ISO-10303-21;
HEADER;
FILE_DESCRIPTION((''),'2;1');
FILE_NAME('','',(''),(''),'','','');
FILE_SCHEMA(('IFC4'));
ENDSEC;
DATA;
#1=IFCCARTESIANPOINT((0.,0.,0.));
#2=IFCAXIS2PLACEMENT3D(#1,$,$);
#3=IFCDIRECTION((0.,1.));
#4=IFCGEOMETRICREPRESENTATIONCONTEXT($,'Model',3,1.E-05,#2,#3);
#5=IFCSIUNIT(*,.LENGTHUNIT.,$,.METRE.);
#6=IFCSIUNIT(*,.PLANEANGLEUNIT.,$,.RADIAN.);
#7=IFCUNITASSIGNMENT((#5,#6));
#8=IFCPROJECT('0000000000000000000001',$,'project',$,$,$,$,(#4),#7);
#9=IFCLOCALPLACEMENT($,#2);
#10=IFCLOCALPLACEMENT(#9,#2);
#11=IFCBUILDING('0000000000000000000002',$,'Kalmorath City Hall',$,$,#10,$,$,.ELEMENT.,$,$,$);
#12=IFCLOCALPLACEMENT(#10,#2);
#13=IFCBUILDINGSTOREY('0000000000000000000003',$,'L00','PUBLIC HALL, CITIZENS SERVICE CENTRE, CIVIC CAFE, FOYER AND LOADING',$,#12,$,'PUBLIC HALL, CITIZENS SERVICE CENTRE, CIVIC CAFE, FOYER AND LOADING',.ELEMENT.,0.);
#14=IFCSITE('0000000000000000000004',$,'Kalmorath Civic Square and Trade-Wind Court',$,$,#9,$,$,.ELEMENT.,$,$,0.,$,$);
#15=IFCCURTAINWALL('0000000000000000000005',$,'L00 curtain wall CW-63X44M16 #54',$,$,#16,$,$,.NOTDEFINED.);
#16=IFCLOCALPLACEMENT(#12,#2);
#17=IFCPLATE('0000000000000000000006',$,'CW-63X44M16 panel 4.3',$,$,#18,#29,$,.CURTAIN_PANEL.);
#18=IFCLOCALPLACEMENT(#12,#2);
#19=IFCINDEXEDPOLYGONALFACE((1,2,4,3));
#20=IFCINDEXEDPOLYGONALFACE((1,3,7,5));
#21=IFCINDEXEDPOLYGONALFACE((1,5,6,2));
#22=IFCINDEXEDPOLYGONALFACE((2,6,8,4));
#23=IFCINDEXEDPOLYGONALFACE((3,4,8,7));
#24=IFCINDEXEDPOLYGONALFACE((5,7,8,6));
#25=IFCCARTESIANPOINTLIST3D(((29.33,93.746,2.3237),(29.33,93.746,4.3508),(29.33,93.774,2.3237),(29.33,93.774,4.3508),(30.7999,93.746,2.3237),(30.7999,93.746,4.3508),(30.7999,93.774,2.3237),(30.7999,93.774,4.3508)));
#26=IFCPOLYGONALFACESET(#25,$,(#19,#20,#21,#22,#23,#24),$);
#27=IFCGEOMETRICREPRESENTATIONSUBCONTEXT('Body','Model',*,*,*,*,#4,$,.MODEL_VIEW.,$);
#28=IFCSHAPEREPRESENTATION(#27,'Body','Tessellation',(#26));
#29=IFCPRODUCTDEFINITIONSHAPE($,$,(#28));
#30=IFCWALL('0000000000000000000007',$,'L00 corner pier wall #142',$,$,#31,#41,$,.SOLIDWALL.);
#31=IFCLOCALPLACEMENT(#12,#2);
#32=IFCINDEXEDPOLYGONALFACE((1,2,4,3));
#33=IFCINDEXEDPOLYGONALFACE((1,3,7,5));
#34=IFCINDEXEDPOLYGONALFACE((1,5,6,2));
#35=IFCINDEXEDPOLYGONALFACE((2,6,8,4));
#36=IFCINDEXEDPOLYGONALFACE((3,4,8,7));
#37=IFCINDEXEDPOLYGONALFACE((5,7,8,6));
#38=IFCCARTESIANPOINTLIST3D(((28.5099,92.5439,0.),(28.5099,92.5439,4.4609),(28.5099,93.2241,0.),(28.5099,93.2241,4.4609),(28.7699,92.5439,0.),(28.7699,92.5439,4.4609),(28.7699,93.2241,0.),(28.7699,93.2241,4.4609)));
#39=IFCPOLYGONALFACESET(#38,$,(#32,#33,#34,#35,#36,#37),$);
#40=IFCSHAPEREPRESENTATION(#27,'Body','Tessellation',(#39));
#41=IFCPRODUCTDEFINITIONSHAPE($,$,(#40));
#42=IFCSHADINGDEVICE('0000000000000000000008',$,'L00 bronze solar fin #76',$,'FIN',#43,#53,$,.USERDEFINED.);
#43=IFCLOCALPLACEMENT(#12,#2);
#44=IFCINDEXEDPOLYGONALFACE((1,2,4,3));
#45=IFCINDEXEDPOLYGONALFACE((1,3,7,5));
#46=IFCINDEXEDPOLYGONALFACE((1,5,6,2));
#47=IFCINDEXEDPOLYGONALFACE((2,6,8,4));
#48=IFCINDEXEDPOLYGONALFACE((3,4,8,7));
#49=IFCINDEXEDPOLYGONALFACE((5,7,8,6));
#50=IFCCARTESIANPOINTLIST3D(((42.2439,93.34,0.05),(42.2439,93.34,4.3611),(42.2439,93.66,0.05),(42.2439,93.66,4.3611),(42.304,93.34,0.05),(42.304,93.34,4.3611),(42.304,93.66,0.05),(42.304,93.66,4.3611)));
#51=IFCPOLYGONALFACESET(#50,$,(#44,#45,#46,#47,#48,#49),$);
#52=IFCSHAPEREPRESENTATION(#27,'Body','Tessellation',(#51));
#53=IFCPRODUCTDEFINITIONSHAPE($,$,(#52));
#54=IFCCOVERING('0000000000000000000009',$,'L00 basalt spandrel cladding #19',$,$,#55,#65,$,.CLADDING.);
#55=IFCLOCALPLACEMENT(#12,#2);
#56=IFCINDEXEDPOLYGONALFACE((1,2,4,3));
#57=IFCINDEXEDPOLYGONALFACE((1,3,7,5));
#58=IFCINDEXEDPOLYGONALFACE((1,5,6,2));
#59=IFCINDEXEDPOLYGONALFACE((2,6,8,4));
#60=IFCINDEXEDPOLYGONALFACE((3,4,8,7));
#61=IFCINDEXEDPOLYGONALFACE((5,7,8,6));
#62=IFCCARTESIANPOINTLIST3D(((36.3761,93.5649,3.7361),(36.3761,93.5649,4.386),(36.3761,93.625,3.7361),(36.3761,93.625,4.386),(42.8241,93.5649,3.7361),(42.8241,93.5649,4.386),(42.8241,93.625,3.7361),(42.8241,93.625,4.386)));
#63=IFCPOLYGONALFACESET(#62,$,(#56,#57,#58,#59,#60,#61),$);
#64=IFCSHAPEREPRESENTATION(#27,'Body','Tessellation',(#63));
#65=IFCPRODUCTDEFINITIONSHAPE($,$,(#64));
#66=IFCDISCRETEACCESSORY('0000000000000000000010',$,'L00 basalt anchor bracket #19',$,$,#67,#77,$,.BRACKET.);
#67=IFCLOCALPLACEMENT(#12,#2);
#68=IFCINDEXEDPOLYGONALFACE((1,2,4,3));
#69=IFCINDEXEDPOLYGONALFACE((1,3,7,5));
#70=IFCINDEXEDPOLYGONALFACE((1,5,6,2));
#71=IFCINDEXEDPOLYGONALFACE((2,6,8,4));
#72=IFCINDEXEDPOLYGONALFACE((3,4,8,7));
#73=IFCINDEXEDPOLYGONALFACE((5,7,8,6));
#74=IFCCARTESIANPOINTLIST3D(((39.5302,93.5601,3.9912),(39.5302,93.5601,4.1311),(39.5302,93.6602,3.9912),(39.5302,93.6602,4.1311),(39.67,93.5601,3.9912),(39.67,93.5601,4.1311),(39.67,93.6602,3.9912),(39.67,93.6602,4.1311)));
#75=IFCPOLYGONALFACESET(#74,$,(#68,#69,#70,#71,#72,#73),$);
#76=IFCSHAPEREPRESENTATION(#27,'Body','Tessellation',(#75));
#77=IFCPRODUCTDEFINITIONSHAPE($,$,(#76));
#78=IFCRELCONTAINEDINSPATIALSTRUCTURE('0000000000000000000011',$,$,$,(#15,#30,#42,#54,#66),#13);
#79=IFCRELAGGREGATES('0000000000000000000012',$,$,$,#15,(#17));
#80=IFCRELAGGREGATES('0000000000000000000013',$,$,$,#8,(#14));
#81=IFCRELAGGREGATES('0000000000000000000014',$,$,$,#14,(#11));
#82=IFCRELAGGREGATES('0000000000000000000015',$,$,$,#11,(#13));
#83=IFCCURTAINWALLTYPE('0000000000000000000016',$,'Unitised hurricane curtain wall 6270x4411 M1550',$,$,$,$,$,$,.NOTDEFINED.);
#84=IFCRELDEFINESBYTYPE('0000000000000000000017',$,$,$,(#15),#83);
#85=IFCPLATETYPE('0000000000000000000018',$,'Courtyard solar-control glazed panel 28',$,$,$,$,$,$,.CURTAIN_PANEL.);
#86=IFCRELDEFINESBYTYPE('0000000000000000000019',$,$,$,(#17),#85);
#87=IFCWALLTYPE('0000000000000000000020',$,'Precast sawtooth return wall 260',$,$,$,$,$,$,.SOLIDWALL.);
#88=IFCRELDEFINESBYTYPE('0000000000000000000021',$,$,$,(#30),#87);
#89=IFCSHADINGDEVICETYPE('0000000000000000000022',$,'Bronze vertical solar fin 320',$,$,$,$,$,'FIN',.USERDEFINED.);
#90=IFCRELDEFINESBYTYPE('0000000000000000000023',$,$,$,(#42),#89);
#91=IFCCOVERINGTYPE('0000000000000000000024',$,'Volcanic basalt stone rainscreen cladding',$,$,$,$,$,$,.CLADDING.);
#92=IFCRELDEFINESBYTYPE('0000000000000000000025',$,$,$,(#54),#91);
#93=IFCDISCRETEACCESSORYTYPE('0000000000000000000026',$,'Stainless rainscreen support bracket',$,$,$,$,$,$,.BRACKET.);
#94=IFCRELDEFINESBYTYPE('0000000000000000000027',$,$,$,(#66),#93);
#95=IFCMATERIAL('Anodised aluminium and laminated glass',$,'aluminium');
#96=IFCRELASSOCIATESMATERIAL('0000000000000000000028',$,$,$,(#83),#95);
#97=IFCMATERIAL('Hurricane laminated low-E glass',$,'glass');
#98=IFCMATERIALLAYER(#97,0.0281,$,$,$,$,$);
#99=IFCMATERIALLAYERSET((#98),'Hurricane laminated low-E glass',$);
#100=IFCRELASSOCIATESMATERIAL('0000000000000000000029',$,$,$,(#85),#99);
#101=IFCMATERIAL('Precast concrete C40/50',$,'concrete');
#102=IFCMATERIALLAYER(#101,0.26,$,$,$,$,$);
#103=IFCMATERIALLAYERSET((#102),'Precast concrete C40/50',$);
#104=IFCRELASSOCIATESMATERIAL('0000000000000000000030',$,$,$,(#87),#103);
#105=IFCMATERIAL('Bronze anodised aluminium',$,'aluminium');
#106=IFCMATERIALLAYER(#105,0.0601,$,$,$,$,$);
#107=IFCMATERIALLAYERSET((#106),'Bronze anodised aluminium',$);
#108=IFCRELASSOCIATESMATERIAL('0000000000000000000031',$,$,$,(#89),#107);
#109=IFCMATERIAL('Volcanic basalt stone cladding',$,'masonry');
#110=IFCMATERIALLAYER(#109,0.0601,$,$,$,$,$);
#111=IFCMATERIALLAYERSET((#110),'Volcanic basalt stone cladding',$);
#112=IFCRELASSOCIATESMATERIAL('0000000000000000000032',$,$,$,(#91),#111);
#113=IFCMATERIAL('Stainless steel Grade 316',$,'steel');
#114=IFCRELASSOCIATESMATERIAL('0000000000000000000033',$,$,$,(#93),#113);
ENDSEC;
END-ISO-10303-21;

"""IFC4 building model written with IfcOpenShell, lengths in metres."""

from ifc_helpers import new_model, si_unit, direction, frame, frame_2d, origin, origin_2d, place, context, subcontext, project, spatial, rectangle, extrude, material, layer, layer_set, type_object, element, aggregate, save


model = new_model("IFC4")

# Units and contexts
model_context = context("Model", 3, precision=1e-05, world=origin(), true_north=direction((0.0, 1.0)))
body_context = subcontext(model_context, "Body", "Model", "MODEL_VIEW")
ifc_project = project(units=[si_unit("LENGTHUNIT", "METRE"), si_unit("PLANEANGLEUNIT", "RADIAN")], contexts=[model_context])

# Site, building, storey
site_placement = place(None, origin())
site = spatial("IfcSite", under=ifc_project, at=site_placement, Name="Kalmorath Civic Square and Trade-Wind Court", CompositionType="ELEMENT", RefElevation=0.0)
building_placement = place(site_placement, origin())
building = spatial("IfcBuilding", under=site, at=building_placement, Name="Kalmorath City Hall", CompositionType="ELEMENT")
storey_placement = place(building_placement, origin())
storey = spatial("IfcBuildingStorey", under=building, at=storey_placement, Name="L00", Description="PUBLIC HALL, CITIZENS SERVICE CENTRE, CIVIC CAFE, FOYER AND LOADING", LongName="PUBLIC HALL, CITIZENS SERVICE CENTRE, CIVIC CAFE, FOYER AND LOADING", CompositionType="ELEMENT", Elevation=0.0)

# Curtain wall
ifc_material_1 = material(Name="Anodised aluminium and laminated glass", Category="aluminium")
curtain_wall_type_1 = type_object("IfcCurtainWallType", Name="Unitised hurricane curtain wall 6270x4411 M1550", PredefinedType="NOTDEFINED", material=ifc_material_1)
curtain_wall_1_placement = place(storey_placement, origin())
curtain_wall_1 = element("IfcCurtainWall", 1, at=curtain_wall_1_placement, inside=storey, type_object=curtain_wall_type_1, Name="L00 curtain wall CW-63X44M16 #54", PredefinedType="NOTDEFINED")

# Plate
ifc_material_2 = material(Name="Hurricane laminated low-E glass", Category="glass")
ifc_layer_1 = layer(ifc_material_2, 0.0281)
ifc_layer_set_1 = layer_set([ifc_layer_1], Name="Hurricane laminated low-E glass")
plate_type = type_object("IfcPlateType", Name="Courtyard solar-control glazed panel 28", PredefinedType="CURTAIN_PANEL", material=ifc_layer_set_1)
plate_1_placement = place(storey_placement, frame((30.0649, 93.76, 2.3237), z_axis=(0.0, 0.0, 1.0), x_axis=(-1.0, 0.0, 0.0)))
plate_1 = element("IfcPlate", 2, at=plate_1_placement, type_object=plate_type, Name="CW-63X44M16 panel 4.3", PredefinedType="CURTAIN_PANEL", context=body_context, shape_type="SweptSolid", body=[
    extrude(rectangle(XDim=1.47, YDim=0.0281, at=origin_2d()), origin(), (0.0, 0.0, 1.0), 2.0271),
])
aggregate(curtain_wall_1, [plate_1])

# Wall
ifc_material_3 = material(Name="Precast concrete C40/50", Category="concrete")
ifc_layer_2 = layer(ifc_material_3, 0.26)
ifc_layer_set_2 = layer_set([ifc_layer_2], Name="Precast concrete C40/50")
wall_type = type_object("IfcWallType", Name="Precast sawtooth return wall 260", PredefinedType="SOLIDWALL", material=ifc_layer_set_2)
wall_placement = place(storey_placement, frame((28.6399, 93.2241, 0.0), z_axis=(0.0, 0.0, 1.0), x_axis=(0.0, -1.0, 0.0)))
element("IfcWall", 3, at=wall_placement, inside=storey, type_object=wall_type, Name="L00 corner pier wall #142", PredefinedType="SOLIDWALL", context=body_context, shape_type="SweptSolid", body=[
    extrude(rectangle(XDim=0.6802, YDim=0.26, at=frame_2d((0.3401, 0.0))), origin(), (0.0, 0.0, 1.0), 4.4609),
])

# Shading device
ifc_material_4 = material(Name="Bronze anodised aluminium", Category="aluminium")
ifc_layer_3 = layer(ifc_material_4, 0.0601)
ifc_layer_set_3 = layer_set([ifc_layer_3], Name="Bronze anodised aluminium")
shading_device_type = type_object("IfcShadingDeviceType", Name="Bronze vertical solar fin 320", ElementType="FIN", PredefinedType="USERDEFINED", material=ifc_layer_set_3)
shading_device_placement = place(storey_placement, frame((42.2739, 93.5, 0.05), z_axis=(0.0, 0.0, 1.0), x_axis=(-1.0, 0.0, 0.0)))
element("IfcShadingDevice", 4, at=shading_device_placement, inside=storey, type_object=shading_device_type, Name="L00 bronze solar fin #76", ObjectType="FIN", PredefinedType="USERDEFINED", context=body_context, shape_type="SweptSolid", body=[
    extrude(rectangle(XDim=0.0601, YDim=0.3201, at=origin_2d()), origin(), (0.0, 0.0, 1.0), 4.311),
])

# Covering
ifc_material_5 = material(Name="Volcanic basalt stone cladding", Category="masonry")
ifc_layer_4 = layer(ifc_material_5, 0.0601)
ifc_layer_set_4 = layer_set([ifc_layer_4], Name="Volcanic basalt stone cladding")
covering_type = type_object("IfcCoveringType", Name="Volcanic basalt stone rainscreen cladding", PredefinedType="CLADDING", material=ifc_layer_set_4)
covering_placement = place(storey_placement, frame((39.6001, 93.595, 3.7361), z_axis=(0.0, 0.0, 1.0), x_axis=(-1.0, 0.0, 0.0)))
element("IfcCovering", 5, at=covering_placement, inside=storey, type_object=covering_type, Name="L00 basalt spandrel cladding #19", PredefinedType="CLADDING", context=body_context, shape_type="SweptSolid", body=[
    extrude(rectangle(XDim=6.448, YDim=0.0601, at=origin_2d()), origin(), (0.0, 0.0, 1.0), 0.6499),
])

# Discrete accessory
ifc_material_6 = material(Name="Stainless steel Grade 316", Category="steel")
discrete_accessory_type = type_object("IfcDiscreteAccessoryType", Name="Stainless rainscreen support bracket", PredefinedType="BRACKET", material=ifc_material_6)
discrete_accessory_placement = place(storey_placement, frame((39.6001, 93.6101, 3.9912), z_axis=(0.0, 0.0, 1.0), x_axis=(-1.0, 0.0, 0.0)))
element("IfcDiscreteAccessory", 6, at=discrete_accessory_placement, inside=storey, type_object=discrete_accessory_type, Name="L00 basalt anchor bracket #19", PredefinedType="BRACKET", context=body_context, shape_type="SweptSolid", body=[
    extrude(rectangle(XDim=0.1399, YDim=0.1001, at=origin_2d()), origin(), (0.0, 0.0, 1.0), 0.1399),
])

save(model, "model.ifc")
